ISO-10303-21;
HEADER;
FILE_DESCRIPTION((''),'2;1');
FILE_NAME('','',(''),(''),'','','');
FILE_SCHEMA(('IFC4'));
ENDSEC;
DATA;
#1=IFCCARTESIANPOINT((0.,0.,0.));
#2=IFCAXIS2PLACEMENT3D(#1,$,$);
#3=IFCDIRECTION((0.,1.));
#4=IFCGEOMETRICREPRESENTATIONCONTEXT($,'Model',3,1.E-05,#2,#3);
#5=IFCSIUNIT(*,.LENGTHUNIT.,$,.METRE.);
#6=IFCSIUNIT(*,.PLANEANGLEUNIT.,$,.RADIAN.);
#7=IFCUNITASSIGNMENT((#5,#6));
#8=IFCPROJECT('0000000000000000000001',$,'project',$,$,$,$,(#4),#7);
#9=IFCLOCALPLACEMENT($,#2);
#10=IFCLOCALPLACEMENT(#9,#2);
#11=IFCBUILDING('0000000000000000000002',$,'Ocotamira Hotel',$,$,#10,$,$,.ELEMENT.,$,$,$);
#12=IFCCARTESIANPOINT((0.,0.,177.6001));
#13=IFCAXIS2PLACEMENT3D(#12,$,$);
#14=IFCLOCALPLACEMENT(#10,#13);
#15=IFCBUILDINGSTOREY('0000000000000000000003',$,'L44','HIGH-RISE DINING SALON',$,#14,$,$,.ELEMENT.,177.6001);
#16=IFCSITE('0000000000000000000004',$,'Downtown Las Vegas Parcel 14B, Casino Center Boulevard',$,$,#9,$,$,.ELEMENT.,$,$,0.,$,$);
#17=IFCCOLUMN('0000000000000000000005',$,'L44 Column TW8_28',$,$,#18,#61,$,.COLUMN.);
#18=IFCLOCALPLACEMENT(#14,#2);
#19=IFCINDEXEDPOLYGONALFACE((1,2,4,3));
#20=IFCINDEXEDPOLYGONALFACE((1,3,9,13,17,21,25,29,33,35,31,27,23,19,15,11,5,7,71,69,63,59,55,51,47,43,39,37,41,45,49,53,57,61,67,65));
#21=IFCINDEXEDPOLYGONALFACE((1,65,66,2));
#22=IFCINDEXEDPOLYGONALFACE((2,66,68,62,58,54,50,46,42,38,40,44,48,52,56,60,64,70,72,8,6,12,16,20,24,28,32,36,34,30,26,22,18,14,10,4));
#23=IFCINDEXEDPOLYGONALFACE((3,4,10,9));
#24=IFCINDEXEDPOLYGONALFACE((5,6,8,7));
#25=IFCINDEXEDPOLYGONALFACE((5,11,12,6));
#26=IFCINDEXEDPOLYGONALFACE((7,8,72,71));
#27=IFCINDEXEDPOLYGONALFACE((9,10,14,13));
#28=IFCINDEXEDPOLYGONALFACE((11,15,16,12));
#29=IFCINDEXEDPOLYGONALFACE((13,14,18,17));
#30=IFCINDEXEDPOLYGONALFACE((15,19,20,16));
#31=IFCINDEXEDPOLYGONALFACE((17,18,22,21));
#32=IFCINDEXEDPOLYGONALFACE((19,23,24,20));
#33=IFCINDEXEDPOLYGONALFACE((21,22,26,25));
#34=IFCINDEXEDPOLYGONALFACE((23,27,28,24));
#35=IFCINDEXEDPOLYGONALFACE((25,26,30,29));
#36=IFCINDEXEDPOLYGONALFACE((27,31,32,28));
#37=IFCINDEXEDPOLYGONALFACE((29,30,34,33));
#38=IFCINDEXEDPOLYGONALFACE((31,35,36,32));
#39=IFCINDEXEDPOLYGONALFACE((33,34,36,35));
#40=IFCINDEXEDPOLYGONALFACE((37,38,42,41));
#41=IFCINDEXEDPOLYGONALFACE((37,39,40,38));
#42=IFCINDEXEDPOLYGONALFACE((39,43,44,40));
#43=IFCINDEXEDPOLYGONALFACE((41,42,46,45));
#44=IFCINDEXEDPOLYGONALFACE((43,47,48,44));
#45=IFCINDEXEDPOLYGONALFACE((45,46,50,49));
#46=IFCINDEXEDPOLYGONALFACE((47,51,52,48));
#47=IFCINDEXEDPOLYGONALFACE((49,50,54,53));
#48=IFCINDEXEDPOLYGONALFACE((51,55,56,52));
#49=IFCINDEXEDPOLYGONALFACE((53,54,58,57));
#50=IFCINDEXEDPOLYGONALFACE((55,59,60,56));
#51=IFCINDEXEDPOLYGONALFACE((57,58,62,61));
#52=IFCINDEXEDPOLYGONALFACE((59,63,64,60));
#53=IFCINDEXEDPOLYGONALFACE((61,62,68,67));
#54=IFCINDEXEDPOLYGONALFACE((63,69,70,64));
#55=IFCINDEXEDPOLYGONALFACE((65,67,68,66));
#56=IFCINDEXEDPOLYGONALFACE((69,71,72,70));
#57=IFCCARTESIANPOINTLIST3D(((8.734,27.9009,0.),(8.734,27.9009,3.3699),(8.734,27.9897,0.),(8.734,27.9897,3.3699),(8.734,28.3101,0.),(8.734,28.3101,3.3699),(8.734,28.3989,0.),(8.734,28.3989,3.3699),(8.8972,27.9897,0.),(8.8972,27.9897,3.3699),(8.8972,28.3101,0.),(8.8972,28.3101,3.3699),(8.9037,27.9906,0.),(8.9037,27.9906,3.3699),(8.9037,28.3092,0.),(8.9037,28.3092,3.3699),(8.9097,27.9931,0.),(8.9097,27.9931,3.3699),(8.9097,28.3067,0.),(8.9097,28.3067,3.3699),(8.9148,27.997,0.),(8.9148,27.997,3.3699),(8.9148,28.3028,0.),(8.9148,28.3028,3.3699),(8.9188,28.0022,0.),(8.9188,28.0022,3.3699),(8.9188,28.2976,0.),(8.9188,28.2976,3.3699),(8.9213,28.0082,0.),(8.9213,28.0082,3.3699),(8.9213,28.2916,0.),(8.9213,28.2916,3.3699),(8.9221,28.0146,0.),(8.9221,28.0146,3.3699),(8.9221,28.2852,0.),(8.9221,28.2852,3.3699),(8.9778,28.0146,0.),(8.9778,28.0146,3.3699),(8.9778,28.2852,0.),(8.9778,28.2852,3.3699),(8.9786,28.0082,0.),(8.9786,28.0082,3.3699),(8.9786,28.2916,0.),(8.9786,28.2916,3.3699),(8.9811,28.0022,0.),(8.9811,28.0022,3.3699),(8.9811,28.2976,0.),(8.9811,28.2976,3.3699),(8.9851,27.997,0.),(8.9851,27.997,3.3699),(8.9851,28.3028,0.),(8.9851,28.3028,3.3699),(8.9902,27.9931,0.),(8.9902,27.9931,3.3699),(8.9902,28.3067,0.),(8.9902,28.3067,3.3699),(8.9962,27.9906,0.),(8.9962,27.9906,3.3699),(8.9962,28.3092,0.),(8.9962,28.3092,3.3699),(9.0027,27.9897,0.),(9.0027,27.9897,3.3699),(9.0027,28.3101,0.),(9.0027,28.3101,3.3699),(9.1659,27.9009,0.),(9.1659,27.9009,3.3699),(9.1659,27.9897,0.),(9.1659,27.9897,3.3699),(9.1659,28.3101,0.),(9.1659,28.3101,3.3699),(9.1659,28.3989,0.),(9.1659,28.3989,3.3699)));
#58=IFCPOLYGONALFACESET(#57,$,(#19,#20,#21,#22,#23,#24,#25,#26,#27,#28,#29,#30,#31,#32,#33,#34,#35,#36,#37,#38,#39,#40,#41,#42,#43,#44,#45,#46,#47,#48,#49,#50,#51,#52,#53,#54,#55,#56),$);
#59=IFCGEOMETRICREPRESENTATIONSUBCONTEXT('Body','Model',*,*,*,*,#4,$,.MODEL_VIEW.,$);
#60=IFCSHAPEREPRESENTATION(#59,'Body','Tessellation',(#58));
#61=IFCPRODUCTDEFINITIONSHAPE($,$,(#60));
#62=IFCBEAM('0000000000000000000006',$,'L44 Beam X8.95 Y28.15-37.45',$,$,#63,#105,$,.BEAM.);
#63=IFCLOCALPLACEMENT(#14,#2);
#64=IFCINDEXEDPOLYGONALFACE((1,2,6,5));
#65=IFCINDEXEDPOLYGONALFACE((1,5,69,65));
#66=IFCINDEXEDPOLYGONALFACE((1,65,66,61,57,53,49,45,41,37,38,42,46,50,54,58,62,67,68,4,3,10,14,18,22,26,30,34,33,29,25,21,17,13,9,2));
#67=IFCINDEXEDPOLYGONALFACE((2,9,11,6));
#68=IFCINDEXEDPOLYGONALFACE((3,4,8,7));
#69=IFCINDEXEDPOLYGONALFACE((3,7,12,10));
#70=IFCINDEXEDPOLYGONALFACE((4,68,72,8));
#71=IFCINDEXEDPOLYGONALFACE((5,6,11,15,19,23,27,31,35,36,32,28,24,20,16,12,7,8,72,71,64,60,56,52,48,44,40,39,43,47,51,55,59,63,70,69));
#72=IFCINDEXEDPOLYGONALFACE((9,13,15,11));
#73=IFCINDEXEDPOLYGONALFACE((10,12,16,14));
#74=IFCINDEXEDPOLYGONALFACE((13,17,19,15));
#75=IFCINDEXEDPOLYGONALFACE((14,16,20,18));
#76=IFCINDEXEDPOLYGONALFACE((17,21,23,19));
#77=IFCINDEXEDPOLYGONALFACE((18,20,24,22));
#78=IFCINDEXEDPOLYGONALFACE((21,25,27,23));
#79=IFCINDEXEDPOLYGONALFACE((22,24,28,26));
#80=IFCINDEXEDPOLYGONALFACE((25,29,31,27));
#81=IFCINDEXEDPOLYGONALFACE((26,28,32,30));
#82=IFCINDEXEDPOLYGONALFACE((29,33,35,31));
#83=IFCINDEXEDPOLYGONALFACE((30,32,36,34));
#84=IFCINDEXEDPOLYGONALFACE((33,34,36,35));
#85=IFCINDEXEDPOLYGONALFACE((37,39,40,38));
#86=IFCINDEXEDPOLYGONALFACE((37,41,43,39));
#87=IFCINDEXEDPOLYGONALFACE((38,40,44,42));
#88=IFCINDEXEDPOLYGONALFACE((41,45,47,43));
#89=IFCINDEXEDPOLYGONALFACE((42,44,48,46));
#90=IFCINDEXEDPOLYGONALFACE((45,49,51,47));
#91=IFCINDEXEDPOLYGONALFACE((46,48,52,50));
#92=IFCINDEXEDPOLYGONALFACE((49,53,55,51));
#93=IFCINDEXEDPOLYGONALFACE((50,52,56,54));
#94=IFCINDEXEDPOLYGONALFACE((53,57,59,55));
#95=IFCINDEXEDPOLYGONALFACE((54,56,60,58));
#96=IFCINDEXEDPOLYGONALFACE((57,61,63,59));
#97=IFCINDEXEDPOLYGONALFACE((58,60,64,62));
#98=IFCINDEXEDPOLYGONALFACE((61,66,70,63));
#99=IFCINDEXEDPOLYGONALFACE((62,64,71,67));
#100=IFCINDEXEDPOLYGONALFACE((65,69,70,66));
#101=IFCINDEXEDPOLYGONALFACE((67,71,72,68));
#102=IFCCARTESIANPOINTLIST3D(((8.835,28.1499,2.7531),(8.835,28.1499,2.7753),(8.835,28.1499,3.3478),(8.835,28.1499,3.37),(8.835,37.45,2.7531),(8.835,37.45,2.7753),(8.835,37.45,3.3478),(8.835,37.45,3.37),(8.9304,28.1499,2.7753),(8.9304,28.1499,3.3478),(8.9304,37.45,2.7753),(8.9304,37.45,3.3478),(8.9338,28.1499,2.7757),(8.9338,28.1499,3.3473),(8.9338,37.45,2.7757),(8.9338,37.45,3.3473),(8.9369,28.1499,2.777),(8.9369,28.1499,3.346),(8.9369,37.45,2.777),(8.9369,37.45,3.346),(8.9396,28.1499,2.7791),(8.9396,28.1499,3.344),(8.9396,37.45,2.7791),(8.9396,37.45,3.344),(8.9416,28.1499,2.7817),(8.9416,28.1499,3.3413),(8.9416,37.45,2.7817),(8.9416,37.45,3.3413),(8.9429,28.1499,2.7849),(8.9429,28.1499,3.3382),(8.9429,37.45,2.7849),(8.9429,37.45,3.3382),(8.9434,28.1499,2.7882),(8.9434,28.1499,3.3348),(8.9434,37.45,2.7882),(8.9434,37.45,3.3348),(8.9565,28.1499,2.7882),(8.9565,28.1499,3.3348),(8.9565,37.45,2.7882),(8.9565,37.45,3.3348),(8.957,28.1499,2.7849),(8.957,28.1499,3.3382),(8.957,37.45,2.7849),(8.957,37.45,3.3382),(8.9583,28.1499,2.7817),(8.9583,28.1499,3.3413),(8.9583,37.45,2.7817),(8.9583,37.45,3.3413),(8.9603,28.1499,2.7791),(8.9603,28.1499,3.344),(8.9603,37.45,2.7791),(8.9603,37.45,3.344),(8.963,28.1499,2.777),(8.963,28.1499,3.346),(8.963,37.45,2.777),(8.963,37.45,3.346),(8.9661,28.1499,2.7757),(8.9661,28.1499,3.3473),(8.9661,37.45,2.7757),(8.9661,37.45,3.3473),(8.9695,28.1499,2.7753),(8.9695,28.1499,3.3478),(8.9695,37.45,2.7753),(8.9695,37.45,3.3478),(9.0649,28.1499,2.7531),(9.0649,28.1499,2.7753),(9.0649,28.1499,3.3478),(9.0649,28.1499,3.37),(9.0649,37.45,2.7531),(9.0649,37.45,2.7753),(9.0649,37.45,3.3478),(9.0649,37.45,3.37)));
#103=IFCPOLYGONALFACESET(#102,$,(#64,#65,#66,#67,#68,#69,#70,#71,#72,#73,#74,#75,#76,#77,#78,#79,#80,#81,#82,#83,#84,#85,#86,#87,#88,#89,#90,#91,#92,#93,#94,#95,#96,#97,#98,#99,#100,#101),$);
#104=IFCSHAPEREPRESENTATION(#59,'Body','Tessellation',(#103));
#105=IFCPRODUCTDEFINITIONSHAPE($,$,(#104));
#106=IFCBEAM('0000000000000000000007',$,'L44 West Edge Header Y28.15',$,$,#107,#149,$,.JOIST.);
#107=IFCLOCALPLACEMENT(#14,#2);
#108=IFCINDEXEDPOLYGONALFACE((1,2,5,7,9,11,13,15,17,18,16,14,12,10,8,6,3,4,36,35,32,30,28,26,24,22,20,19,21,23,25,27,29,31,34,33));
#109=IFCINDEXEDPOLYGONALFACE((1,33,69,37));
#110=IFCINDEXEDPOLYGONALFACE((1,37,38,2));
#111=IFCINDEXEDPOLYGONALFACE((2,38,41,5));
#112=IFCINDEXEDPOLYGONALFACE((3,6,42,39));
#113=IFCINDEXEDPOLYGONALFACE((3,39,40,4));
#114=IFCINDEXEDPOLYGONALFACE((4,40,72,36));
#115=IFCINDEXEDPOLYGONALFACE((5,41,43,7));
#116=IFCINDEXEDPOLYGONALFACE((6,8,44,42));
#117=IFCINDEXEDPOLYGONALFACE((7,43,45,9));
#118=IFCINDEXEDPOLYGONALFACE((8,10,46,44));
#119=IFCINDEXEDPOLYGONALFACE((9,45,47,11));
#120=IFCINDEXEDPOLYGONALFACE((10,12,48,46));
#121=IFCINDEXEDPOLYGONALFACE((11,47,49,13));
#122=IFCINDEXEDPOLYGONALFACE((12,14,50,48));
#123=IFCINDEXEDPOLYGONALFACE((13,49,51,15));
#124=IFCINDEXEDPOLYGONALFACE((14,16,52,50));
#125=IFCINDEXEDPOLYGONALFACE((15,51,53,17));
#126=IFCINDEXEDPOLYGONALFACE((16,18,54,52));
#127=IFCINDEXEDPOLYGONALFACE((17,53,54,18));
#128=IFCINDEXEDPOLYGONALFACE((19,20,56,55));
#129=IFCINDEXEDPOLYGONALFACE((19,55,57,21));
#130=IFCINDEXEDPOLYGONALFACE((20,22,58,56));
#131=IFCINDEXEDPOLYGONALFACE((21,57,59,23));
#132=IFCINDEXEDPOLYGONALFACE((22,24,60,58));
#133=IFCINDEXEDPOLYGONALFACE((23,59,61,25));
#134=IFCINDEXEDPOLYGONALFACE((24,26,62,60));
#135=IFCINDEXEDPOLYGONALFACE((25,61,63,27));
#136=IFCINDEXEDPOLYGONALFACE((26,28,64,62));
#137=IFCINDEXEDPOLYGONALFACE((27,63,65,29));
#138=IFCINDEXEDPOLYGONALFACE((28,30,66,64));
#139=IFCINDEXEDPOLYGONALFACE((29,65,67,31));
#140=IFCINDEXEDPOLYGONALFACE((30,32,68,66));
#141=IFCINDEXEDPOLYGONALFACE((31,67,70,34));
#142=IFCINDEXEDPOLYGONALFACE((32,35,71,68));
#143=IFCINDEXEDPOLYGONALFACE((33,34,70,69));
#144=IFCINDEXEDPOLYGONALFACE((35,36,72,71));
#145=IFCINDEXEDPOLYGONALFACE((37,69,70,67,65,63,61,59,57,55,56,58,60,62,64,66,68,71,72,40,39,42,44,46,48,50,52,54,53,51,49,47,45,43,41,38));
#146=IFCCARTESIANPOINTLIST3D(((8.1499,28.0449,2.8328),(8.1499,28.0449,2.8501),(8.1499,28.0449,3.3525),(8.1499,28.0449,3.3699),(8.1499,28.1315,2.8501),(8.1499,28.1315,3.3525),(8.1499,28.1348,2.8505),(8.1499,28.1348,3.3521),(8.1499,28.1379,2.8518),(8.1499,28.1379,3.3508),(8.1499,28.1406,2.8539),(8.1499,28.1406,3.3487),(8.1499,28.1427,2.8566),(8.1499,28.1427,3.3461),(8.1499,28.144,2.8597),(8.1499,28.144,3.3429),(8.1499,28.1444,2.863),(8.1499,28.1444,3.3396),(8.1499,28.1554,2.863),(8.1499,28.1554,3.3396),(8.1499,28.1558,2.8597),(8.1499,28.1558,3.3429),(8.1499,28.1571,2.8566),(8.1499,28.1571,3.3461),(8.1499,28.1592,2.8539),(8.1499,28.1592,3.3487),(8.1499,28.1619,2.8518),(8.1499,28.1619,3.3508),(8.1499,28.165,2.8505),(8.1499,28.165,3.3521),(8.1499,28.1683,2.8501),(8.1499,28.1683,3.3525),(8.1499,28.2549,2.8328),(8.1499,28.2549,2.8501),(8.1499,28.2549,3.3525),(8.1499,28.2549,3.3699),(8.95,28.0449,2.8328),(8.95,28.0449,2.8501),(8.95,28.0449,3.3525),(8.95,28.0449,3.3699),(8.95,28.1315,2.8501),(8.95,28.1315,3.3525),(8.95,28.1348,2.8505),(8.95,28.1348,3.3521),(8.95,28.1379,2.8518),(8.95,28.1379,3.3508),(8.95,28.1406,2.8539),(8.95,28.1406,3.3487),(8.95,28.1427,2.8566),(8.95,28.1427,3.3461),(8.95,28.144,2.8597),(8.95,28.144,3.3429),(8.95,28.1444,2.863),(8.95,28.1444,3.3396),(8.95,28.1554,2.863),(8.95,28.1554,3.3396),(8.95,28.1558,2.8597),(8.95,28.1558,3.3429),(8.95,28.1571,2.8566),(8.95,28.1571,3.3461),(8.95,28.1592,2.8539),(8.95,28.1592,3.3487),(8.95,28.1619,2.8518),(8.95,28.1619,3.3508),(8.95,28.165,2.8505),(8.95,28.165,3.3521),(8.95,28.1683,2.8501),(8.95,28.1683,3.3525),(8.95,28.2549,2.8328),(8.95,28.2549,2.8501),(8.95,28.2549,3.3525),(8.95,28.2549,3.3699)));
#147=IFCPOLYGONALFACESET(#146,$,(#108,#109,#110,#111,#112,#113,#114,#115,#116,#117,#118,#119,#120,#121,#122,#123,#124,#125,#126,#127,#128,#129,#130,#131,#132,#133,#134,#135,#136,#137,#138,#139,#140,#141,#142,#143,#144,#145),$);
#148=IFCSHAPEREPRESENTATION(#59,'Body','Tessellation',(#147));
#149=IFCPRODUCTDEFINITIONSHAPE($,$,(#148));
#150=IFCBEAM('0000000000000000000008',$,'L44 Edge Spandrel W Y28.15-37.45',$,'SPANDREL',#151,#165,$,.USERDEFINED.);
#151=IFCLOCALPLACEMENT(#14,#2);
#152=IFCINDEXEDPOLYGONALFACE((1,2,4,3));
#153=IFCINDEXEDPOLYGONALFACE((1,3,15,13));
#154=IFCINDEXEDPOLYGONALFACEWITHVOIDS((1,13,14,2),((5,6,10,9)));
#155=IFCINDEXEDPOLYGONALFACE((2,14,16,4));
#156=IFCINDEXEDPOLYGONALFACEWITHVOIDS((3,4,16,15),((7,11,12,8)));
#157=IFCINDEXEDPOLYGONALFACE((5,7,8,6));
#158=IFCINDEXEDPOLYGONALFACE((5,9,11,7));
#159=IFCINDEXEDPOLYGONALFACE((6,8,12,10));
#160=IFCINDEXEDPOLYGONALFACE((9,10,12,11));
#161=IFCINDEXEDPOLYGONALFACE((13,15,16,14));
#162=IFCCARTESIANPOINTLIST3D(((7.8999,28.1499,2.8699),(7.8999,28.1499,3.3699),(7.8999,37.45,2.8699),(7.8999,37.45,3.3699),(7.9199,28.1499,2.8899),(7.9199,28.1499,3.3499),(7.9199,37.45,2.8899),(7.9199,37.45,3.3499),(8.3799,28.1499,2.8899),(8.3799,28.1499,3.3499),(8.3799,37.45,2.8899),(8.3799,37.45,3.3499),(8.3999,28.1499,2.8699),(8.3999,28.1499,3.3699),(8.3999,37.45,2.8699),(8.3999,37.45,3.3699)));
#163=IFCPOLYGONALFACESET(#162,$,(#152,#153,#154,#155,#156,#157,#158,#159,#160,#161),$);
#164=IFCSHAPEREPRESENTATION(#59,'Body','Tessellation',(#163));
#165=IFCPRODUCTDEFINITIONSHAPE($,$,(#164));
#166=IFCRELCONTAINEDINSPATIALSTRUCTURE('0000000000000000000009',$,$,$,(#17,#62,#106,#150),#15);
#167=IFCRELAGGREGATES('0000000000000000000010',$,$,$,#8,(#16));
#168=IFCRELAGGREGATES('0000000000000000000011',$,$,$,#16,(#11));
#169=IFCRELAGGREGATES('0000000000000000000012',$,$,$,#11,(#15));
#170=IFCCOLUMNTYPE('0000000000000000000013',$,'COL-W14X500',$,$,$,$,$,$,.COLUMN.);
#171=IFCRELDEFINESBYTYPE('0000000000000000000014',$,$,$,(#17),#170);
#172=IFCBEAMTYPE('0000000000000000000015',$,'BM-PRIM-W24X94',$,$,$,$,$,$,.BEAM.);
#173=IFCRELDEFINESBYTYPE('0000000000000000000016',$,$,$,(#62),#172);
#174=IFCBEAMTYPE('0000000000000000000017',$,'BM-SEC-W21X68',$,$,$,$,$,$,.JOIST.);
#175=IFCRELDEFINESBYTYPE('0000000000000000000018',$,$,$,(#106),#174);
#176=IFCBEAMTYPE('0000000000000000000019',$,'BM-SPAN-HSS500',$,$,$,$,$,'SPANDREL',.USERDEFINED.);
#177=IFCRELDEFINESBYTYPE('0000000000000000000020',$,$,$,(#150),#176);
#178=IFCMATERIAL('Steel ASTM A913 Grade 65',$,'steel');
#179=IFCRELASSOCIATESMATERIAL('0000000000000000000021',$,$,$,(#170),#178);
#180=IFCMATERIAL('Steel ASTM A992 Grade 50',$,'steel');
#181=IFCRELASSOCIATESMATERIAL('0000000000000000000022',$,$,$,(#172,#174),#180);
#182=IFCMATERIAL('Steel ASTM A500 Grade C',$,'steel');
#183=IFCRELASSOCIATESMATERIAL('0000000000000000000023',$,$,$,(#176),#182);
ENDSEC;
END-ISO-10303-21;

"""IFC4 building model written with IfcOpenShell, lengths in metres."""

from ifc_helpers import new_model, si_unit, direction, frame, origin, origin_2d, place, context, subcontext, project, spatial, hollow_rectangle, i_section, extrude, source, transform, mapped, material, material_profile, profile_set, type_object, element, save


model = new_model("IFC4")

# Units and contexts
model_context = context("Model", 3, precision=1e-05, world=origin(), true_north=direction((0.0, 1.0)))
body_context = subcontext(model_context, "Body", "Model", "MODEL_VIEW")
ifc_project = project(units=[si_unit("LENGTHUNIT", "METRE"), si_unit("PLANEANGLEUNIT", "RADIAN")], contexts=[model_context])

# Site, building, storey
site_placement = place(None, origin())
site = spatial("IfcSite", under=ifc_project, at=site_placement, Name="Downtown Las Vegas Parcel 14B, Casino Center Boulevard", CompositionType="ELEMENT", RefElevation=0.0)
building_placement = place(site_placement, origin())
building = spatial("IfcBuilding", under=site, at=building_placement, Name="Ocotamira Hotel", CompositionType="ELEMENT")
storey_placement = place(building_placement, frame((0.0, 0.0, 177.6001)))
storey = spatial("IfcBuildingStorey", under=building, at=storey_placement, Name="L44", Description="HIGH-RISE DINING SALON", CompositionType="ELEMENT", Elevation=177.6001)

# Column
ifc_material_1 = material(Name="Steel ASTM A913 Grade 65", Category="steel")
ifc_material_profile_1 = material_profile(ifc_material_1, i_section(OverallWidth=0.4319, OverallDepth=0.498, WebThickness=0.0557, FlangeThickness=0.0889, FilletRadius=0.0249, at=origin_2d()), Name="W14X500")
ifc_profile_set_1 = profile_set([ifc_material_profile_1], Name="Steel ASTM A913 Grade 65")
column_type = type_object("IfcColumnType", Name="COL-W14X500", PredefinedType="COLUMN", material=ifc_profile_set_1)
shared_shape_1 = source(origin(), body_context, "Body", "SweptSolid", [
    extrude(i_section(OverallWidth=0.4319, OverallDepth=0.498, WebThickness=0.0557, FlangeThickness=0.0889, FilletRadius=0.0249, at=origin_2d()), origin(), (0.0, 0.0, 1.0), 3.3699),
])
column_placement = place(storey_placement, frame((8.95, 28.1499, 0.0), z_axis=(0.0, 0.0, 1.0), x_axis=(1.0, 0.0, 0.0)))
element("IfcColumn", 1, at=column_placement, inside=storey, type_object=column_type, Name="L44 Column TW8_28", PredefinedType="COLUMN", context=body_context, shape_type="MappedRepresentation", body=[
    mapped(shared_shape_1, transform((0.0, 0.0, 0.0), scale=1.0)),
])

# Beams
ifc_material_2 = material(Name="Steel ASTM A992 Grade 50", Category="steel")
ifc_material_profile_2 = material_profile(ifc_material_2, i_section(OverallWidth=0.23, OverallDepth=0.6169, WebThickness=0.0132, FlangeThickness=0.0222, FilletRadius=0.0129, at=origin_2d()), Name="W24X94")
ifc_profile_set_2 = profile_set([ifc_material_profile_2], Name="Steel ASTM A992 Grade 50")
beam_type_1 = type_object("IfcBeamType", Name="BM-PRIM-W24X94", PredefinedType="BEAM", material=ifc_profile_set_2)
shared_shape_2 = source(origin(), body_context, "Body", "SweptSolid", [
    extrude(i_section(OverallWidth=0.23, OverallDepth=0.6169, WebThickness=0.0132, FlangeThickness=0.0222, FilletRadius=0.0129, at=origin_2d()), origin(), (0.0, 0.0, 1.0), 9.3),
])
beam_1_placement = place(storey_placement, frame((8.95, 28.1499, 3.0615), z_axis=(0.0, 1.0, 0.0), x_axis=(-1.0, 0.0, 0.0)))
element("IfcBeam", 2, at=beam_1_placement, inside=storey, type_object=beam_type_1, Name="L44 Beam X8.95 Y28.15-37.45", PredefinedType="BEAM", context=body_context, shape_type="MappedRepresentation", body=[
    mapped(shared_shape_2, transform((0.0, 0.0, 0.0), scale=1.0)),
])
ifc_material_profile_3 = material_profile(ifc_material_2, i_section(OverallWidth=0.21, OverallDepth=0.5371, WebThickness=0.011, FlangeThickness=0.0173, FilletRadius=0.0129, at=origin_2d()), Name="W21X68")
ifc_profile_set_3 = profile_set([ifc_material_profile_3], Name="Steel ASTM A992 Grade 50")
beam_type_2 = type_object("IfcBeamType", Name="BM-SEC-W21X68", PredefinedType="JOIST", material=ifc_profile_set_3)
shared_shape_3 = source(origin(), body_context, "Body", "SweptSolid", [
    extrude(i_section(OverallWidth=0.21, OverallDepth=0.5371, WebThickness=0.011, FlangeThickness=0.0173, FilletRadius=0.0129, at=origin_2d()), origin(), (0.0, 0.0, 1.0), 0.8),
])
beam_2_placement = place(storey_placement, frame((8.95, 28.1499, 3.1013), z_axis=(-1.0, 0.0, 0.0), x_axis=(0.0, -1.0, 0.0)))
element("IfcBeam", 3, at=beam_2_placement, inside=storey, type_object=beam_type_2, Name="L44 West Edge Header Y28.15", PredefinedType="JOIST", context=body_context, shape_type="MappedRepresentation", body=[
    mapped(shared_shape_3, transform((0.0, 0.0, 0.0), scale=1.0)),
])
ifc_material_3 = material(Name="Steel ASTM A500 Grade C", Category="steel")
ifc_material_profile_4 = material_profile(ifc_material_3, hollow_rectangle(XDim=0.5, YDim=0.5, WallThickness=0.02, at=origin_2d()), Name="HSS500X500X20")
ifc_profile_set_4 = profile_set([ifc_material_profile_4], Name="Steel ASTM A500 Grade C")
beam_type_3 = type_object("IfcBeamType", Name="BM-SPAN-HSS500", ElementType="SPANDREL", PredefinedType="USERDEFINED", material=ifc_profile_set_4)
shared_shape_4 = source(origin(), body_context, "Body", "SweptSolid", [
    extrude(hollow_rectangle(XDim=0.5, YDim=0.5, WallThickness=0.02, at=origin_2d()), origin(), (0.0, 0.0, 1.0), 9.3),
])
beam_3_placement = place(storey_placement, frame((8.1499, 28.1499, 3.1199), z_axis=(0.0, 1.0, 0.0), x_axis=(-1.0, 0.0, 0.0)))
element("IfcBeam", 4, at=beam_3_placement, inside=storey, type_object=beam_type_3, Name="L44 Edge Spandrel W Y28.15-37.45", ObjectType="SPANDREL", PredefinedType="USERDEFINED", context=body_context, shape_type="MappedRepresentation", body=[
    mapped(shared_shape_4, transform((0.0, 0.0, 0.0), scale=1.0)),
])

save(model, "model.ifc")
